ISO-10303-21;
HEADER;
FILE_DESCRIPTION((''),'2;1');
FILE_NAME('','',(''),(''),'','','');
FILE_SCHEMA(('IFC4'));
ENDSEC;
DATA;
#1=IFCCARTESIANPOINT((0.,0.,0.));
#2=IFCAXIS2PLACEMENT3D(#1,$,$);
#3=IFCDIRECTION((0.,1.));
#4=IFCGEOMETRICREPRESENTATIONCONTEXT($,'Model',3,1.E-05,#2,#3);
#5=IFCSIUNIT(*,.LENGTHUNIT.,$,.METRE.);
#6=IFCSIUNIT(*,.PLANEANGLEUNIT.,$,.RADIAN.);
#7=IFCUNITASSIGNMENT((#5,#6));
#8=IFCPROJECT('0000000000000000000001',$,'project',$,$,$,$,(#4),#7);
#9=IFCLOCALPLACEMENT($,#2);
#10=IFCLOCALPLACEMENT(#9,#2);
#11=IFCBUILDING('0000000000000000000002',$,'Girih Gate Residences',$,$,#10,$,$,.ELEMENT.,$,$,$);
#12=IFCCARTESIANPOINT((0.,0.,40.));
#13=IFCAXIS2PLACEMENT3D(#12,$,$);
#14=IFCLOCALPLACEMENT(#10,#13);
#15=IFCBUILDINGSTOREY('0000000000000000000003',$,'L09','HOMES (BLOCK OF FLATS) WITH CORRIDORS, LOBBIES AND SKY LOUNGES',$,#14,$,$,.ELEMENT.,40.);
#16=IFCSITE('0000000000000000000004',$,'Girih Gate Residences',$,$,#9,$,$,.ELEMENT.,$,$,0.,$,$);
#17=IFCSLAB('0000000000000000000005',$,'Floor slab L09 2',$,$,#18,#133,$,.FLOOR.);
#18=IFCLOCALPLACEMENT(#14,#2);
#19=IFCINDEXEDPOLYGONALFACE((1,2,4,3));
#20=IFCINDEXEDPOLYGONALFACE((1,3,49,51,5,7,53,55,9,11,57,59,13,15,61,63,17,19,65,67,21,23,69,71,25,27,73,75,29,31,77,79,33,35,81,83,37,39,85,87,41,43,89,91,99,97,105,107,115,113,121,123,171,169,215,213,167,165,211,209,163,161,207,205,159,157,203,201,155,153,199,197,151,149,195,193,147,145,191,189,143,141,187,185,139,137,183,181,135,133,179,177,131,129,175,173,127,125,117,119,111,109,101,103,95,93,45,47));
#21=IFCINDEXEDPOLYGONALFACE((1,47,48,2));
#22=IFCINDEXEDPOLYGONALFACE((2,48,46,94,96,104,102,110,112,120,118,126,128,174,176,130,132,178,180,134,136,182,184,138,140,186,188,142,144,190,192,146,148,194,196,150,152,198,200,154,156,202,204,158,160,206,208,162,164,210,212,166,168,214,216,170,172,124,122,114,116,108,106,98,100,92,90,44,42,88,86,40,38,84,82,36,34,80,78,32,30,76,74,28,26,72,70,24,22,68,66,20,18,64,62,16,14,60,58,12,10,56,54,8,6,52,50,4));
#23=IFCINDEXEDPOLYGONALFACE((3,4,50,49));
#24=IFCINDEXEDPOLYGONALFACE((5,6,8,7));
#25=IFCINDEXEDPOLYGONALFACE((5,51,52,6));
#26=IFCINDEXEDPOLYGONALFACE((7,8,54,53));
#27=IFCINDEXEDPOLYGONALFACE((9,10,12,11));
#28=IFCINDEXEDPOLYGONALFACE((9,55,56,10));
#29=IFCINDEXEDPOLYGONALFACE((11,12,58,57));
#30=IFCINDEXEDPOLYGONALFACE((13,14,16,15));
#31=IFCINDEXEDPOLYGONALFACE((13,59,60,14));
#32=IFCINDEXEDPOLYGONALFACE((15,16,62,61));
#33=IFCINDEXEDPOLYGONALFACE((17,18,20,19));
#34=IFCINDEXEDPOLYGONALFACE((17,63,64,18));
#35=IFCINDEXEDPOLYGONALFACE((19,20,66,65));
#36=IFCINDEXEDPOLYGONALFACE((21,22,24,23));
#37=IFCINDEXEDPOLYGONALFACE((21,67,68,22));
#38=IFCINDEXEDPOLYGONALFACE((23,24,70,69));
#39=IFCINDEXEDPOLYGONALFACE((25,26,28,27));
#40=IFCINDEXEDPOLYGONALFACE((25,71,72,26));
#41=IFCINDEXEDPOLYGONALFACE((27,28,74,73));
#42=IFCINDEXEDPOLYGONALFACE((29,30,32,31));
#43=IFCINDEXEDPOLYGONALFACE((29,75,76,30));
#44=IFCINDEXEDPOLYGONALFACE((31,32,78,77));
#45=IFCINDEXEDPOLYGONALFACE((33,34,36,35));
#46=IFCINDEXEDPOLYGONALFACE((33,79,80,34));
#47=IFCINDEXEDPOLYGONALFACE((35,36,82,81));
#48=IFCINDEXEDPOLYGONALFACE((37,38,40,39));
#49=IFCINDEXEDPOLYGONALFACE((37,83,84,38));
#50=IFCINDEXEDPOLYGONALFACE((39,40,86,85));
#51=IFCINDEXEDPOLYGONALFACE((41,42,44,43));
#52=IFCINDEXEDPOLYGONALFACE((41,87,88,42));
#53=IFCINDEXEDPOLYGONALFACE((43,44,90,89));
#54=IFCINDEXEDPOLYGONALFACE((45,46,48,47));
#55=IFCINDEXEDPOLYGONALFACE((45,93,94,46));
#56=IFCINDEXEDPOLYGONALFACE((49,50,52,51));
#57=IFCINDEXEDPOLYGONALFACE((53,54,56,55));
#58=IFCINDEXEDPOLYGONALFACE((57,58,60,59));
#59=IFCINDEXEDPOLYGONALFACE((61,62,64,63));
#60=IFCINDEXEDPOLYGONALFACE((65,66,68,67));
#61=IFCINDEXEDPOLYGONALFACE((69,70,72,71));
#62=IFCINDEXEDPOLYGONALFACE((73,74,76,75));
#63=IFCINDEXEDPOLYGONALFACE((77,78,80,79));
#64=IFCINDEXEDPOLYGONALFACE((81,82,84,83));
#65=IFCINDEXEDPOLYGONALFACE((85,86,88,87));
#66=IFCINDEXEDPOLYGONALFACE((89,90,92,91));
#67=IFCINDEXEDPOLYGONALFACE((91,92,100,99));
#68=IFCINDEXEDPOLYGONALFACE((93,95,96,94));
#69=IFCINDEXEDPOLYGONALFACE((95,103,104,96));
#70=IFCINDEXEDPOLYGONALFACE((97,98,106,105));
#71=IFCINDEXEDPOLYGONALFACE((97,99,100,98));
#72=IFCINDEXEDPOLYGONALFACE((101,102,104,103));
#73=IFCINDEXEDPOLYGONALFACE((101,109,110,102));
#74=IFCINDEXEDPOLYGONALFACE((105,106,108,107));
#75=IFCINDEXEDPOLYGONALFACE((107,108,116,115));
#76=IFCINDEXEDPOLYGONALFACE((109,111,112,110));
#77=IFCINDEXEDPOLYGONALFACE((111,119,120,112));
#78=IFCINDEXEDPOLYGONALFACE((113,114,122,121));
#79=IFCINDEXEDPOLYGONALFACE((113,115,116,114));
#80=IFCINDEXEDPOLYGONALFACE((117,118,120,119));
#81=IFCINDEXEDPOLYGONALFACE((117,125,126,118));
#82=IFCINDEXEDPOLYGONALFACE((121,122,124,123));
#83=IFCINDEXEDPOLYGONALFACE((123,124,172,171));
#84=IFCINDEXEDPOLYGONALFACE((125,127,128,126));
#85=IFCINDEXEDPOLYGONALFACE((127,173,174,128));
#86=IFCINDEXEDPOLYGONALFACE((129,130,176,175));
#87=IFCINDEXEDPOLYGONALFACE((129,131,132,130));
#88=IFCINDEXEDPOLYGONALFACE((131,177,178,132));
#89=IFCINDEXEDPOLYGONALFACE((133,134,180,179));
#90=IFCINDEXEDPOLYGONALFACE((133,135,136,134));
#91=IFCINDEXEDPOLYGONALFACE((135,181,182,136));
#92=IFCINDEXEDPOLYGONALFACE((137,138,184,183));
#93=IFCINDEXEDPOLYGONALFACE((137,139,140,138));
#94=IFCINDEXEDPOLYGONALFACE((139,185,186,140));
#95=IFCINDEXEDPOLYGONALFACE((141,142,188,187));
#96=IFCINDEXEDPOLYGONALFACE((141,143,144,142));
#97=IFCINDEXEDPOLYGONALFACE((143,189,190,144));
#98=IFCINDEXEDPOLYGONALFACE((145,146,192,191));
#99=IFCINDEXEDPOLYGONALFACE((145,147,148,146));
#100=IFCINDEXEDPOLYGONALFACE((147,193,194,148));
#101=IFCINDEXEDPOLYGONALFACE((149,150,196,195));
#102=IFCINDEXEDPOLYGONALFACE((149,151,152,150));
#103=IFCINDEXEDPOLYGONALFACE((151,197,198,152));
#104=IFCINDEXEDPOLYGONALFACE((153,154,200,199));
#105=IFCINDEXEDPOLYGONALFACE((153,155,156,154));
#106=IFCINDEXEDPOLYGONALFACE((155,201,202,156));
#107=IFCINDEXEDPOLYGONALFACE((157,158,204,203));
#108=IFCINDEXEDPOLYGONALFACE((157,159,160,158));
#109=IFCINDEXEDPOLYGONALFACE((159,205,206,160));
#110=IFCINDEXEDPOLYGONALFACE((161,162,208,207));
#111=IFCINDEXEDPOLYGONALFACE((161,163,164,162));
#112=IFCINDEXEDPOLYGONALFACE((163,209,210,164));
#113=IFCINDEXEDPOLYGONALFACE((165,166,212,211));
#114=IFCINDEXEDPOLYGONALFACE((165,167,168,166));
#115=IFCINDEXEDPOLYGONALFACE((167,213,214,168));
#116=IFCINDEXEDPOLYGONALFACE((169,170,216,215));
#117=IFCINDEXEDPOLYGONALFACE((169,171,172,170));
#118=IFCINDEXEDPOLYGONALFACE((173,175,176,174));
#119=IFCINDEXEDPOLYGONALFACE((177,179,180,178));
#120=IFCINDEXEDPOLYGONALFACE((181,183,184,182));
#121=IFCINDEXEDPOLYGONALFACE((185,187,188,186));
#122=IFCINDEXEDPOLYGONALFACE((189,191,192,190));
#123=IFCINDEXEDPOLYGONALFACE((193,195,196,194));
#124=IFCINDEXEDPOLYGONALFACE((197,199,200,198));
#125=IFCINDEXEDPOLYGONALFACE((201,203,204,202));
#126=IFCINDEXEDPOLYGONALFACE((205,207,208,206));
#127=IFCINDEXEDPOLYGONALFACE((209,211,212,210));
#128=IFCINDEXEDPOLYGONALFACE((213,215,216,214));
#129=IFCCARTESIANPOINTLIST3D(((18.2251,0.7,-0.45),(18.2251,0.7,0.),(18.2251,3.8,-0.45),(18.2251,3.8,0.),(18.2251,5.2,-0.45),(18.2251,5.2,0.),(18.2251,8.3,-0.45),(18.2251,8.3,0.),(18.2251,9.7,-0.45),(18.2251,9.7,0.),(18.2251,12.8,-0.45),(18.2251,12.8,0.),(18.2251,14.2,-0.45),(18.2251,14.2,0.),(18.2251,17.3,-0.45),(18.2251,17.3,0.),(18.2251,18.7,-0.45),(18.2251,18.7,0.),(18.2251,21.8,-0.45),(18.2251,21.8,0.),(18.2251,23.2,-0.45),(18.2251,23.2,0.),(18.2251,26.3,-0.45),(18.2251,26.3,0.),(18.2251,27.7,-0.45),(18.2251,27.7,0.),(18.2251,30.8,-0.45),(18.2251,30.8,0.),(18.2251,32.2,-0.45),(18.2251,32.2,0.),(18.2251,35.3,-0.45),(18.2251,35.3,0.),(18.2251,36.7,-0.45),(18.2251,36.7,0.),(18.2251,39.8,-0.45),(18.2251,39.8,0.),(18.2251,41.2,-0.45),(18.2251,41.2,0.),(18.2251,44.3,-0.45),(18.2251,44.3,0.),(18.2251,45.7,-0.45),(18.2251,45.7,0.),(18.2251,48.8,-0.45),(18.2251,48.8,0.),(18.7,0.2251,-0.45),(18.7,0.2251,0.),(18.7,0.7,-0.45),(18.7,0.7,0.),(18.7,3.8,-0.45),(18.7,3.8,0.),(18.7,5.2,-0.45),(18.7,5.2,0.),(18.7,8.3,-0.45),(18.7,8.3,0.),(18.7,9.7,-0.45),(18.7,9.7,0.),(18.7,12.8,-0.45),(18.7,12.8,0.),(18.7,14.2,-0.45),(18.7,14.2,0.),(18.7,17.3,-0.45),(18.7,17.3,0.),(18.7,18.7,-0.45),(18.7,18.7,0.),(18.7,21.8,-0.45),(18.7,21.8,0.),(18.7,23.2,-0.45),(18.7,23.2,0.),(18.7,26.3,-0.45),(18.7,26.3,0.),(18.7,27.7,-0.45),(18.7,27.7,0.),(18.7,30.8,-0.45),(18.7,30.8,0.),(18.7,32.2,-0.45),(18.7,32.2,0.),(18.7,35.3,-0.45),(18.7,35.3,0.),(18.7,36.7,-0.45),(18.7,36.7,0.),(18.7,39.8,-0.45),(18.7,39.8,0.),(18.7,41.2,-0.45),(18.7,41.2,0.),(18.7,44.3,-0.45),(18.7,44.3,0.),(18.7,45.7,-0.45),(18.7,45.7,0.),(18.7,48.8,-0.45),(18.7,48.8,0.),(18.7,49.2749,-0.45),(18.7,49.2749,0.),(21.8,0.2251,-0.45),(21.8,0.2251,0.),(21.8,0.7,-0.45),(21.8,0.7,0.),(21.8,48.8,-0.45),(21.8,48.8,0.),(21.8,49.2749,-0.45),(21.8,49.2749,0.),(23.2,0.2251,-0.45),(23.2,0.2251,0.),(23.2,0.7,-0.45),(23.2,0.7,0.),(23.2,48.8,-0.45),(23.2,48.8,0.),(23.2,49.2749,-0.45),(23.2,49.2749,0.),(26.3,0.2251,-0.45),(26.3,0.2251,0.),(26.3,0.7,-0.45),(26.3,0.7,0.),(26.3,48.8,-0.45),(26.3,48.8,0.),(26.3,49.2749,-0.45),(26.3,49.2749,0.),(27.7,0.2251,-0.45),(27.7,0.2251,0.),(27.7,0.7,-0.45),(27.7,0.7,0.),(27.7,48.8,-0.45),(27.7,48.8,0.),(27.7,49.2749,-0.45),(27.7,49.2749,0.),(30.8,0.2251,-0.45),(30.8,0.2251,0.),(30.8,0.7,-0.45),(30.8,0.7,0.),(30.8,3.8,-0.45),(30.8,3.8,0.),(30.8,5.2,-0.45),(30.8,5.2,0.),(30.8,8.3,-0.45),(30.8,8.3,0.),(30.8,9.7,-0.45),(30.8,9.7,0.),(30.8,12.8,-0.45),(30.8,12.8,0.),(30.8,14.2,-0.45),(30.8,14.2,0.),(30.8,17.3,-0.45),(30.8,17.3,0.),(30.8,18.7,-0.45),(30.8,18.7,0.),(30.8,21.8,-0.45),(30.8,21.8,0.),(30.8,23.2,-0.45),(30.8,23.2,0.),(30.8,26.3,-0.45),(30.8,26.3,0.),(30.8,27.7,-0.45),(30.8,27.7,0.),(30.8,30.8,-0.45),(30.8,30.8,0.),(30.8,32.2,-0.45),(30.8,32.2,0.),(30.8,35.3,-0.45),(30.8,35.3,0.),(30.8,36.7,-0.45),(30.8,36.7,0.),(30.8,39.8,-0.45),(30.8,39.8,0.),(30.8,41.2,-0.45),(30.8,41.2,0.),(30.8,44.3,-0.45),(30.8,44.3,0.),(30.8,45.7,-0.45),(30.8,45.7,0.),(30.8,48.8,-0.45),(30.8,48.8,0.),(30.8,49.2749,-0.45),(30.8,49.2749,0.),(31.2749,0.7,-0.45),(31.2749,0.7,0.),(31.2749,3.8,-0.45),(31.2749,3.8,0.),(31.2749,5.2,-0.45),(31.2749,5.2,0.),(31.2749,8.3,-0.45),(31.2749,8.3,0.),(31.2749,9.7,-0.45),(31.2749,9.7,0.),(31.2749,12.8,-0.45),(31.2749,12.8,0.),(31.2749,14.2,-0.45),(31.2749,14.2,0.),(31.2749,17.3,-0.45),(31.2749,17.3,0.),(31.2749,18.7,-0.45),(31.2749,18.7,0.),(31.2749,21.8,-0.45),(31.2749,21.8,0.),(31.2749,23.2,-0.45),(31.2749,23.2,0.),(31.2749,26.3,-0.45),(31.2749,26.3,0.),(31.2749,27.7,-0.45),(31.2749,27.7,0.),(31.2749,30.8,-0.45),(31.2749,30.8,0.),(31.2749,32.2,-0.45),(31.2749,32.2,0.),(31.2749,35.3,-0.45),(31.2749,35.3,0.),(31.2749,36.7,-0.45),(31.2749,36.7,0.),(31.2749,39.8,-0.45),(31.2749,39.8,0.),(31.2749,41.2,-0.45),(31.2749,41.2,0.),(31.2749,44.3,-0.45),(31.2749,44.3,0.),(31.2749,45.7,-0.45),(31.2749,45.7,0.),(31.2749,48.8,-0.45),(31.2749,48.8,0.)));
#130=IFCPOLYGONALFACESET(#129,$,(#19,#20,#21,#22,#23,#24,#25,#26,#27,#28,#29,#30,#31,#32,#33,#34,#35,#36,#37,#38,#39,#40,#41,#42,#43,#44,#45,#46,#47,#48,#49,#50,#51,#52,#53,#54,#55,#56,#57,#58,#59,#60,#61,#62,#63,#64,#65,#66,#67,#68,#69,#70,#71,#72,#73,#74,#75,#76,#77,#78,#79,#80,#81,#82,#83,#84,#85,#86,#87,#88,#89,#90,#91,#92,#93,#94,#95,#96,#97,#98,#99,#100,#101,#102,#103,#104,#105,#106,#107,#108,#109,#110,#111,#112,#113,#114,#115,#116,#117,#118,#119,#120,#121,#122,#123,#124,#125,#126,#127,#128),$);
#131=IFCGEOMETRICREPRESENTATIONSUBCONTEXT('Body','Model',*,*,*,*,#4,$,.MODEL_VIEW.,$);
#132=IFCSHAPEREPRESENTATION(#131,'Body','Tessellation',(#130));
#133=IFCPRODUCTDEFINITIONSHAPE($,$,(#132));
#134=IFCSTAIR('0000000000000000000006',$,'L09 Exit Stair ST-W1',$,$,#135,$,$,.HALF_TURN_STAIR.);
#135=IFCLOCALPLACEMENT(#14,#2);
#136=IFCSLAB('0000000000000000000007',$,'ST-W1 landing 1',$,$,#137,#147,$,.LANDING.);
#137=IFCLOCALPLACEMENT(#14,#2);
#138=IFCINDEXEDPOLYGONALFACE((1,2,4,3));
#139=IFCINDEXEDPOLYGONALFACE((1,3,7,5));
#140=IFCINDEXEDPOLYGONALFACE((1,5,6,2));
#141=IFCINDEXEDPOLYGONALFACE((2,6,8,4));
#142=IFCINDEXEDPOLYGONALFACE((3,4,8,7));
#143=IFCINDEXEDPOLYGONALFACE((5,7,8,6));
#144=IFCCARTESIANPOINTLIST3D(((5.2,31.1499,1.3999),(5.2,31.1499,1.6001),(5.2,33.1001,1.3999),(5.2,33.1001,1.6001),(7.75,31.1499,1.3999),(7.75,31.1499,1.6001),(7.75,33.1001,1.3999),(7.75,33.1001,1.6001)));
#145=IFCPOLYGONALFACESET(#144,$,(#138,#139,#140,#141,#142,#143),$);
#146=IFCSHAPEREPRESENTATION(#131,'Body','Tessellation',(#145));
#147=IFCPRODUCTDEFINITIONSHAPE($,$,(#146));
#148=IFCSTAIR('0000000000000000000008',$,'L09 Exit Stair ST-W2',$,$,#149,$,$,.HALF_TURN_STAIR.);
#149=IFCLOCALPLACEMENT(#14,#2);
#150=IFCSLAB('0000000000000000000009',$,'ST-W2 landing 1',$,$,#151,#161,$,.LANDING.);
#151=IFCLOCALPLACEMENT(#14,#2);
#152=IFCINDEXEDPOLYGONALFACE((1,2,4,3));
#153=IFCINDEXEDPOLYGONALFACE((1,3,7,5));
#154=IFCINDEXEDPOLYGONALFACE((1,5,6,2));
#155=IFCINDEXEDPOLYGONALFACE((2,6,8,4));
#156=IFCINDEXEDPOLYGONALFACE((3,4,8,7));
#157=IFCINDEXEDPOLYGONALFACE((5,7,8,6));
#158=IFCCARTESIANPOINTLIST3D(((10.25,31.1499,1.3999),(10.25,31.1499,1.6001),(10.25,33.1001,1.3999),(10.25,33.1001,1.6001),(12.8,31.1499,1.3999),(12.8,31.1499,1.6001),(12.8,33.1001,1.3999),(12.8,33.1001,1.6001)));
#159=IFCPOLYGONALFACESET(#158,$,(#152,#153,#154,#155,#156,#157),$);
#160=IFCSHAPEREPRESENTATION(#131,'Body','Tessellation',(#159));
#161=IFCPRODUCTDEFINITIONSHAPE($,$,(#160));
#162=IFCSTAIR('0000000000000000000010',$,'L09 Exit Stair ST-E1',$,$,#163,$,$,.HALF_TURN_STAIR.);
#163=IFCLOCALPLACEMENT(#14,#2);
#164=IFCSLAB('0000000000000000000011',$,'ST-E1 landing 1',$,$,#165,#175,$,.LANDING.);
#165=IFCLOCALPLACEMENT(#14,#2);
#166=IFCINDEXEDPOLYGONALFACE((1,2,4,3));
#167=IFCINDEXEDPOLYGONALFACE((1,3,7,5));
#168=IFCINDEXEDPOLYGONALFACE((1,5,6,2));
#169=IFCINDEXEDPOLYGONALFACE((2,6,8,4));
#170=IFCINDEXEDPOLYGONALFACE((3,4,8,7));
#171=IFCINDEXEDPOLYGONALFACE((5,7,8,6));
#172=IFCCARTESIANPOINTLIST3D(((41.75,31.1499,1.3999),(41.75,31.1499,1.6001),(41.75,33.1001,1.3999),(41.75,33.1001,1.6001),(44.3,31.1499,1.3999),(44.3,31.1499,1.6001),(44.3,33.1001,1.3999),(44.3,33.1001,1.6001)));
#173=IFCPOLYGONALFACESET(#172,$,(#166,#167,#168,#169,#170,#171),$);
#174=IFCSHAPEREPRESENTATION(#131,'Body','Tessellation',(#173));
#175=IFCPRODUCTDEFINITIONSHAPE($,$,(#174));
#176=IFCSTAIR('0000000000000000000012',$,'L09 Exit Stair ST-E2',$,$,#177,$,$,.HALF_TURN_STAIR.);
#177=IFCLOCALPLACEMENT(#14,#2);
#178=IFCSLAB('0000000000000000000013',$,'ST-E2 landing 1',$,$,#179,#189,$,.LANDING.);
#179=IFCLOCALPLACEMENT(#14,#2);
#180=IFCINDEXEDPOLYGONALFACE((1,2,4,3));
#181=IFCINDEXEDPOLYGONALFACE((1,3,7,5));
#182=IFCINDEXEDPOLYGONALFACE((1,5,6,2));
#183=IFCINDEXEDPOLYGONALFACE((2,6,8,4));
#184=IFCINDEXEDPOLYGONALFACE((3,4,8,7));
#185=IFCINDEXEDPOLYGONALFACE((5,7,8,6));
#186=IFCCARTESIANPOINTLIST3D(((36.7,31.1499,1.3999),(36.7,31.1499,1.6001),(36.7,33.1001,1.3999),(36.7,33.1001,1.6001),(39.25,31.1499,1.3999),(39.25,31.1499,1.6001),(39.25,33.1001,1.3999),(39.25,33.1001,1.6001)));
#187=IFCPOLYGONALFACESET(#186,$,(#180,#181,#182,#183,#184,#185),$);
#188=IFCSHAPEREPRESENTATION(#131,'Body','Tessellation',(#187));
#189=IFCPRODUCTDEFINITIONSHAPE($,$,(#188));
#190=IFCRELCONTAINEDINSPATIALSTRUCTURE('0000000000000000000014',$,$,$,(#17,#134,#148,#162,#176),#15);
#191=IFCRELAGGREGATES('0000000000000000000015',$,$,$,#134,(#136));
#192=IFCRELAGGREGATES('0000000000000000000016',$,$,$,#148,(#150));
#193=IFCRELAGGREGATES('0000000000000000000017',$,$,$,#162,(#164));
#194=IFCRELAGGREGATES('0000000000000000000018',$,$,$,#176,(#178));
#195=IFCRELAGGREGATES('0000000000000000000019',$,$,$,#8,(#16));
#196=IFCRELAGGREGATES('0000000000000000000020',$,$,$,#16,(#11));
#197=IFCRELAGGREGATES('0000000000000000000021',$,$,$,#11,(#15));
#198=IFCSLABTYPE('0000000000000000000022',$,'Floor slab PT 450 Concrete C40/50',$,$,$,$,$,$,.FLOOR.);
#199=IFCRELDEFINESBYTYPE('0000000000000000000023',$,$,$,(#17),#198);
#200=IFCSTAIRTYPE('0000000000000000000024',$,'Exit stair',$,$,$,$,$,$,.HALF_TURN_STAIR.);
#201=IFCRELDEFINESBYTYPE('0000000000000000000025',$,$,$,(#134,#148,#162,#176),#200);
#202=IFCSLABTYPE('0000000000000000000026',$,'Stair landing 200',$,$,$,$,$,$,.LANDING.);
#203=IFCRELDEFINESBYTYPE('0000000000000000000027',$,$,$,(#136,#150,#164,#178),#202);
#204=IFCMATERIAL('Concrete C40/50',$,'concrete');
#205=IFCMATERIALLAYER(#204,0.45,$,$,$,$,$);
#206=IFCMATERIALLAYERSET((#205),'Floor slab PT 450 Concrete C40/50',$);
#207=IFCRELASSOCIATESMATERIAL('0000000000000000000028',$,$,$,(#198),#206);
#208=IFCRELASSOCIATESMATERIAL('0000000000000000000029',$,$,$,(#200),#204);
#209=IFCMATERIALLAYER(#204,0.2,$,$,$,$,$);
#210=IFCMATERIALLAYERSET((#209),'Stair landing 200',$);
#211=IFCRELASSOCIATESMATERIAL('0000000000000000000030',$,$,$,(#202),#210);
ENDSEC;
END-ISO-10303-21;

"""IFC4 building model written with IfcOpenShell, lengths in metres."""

from ifc_helpers import new_model, si_unit, direction, frame, origin, place, context, subcontext, project, spatial, polyline, outline, extrude, material, layer, layer_set, type_object, element, aggregate, save


model = new_model("IFC4")

# Units and contexts
model_context = context("Model", 3, precision=1e-05, world=origin(), true_north=direction((0.0, 1.0)))
body_context = subcontext(model_context, "Body", "Model", "MODEL_VIEW")
ifc_project = project(units=[si_unit("LENGTHUNIT", "METRE"), si_unit("PLANEANGLEUNIT", "RADIAN")], contexts=[model_context])

# Site, building, storey
site_placement = place(None, origin())
site = spatial("IfcSite", under=ifc_project, at=site_placement, Name="Girih Gate Residences", CompositionType="ELEMENT", RefElevation=0.0)
building_placement = place(site_placement, origin())
building = spatial("IfcBuilding", under=site, at=building_placement, Name="Girih Gate Residences", CompositionType="ELEMENT")
storey_placement = place(building_placement, frame((0.0, 0.0, 40.0)))
storey = spatial("IfcBuildingStorey", under=building, at=storey_placement, Name="L09", Description="HOMES (BLOCK OF FLATS) WITH CORRIDORS, LOBBIES AND SKY LOUNGES", CompositionType="ELEMENT", Elevation=40.0)

# Slab
ifc_material_1 = material(Name="Concrete C40/50", Category="concrete")
ifc_layer_1 = layer(ifc_material_1, 0.45)
ifc_layer_set_1 = layer_set([ifc_layer_1], Name="Floor slab PT 450 Concrete C40/50")
slab_type_1 = type_object("IfcSlabType", Name="Floor slab PT 450 Concrete C40/50", PredefinedType="FLOOR", material=ifc_layer_set_1)
slab_1_placement = place(storey_placement, frame((0.0, 0.0, -0.45)))
element("IfcSlab", 1, at=slab_1_placement, inside=storey, type_object=slab_type_1, Name="Floor slab L09 2", PredefinedType="FLOOR", context=body_context, shape_type="SweptSolid", body=[
    extrude(outline(polyline([(21.8, 49.2749), (18.7, 49.2749), (18.7, 48.8), (18.2251, 48.8), (18.2251, 45.7), (18.7, 45.7), (18.7, 44.3), (18.2251, 44.3), (18.2251, 41.2), (18.7, 41.2), (18.7, 39.8), (18.2251, 39.8), (18.2251, 36.7), (18.7, 36.7), (18.7, 35.3), (18.2251, 35.3), (18.2251, 32.2), (18.7, 32.2), (18.7, 30.8), (18.2251, 30.8), (18.2251, 27.7), (18.7, 27.7), (18.7, 26.3), (18.2251, 26.3), (18.2251, 23.2), (18.7, 23.2), (18.7, 21.8), (18.2251, 21.8), (18.2251, 18.7), (18.7, 18.7), (18.7, 17.3), (18.2251, 17.3), (18.2251, 14.2), (18.7, 14.2), (18.7, 12.8), (18.2251, 12.8), (18.2251, 9.7), (18.7, 9.7), (18.7, 8.3), (18.2251, 8.3), (18.2251, 5.2), (18.7, 5.2), (18.7, 3.8), (18.2251, 3.8), (18.2251, 0.7), (18.7, 0.7), (18.7, 0.2251), (21.8, 0.2251), (21.8, 0.7), (23.2, 0.7), (23.2, 0.2251), (26.3, 0.2251), (26.3, 0.7), (27.7, 0.7), (27.7, 0.2251), (30.8, 0.2251), (30.8, 0.7), (31.2749, 0.7), (31.2749, 3.8), (30.8, 3.8), (30.8, 5.2), (31.2749, 5.2), (31.2749, 8.3), (30.8, 8.3), (30.8, 9.7), (31.2749, 9.7), (31.2749, 12.8), (30.8, 12.8), (30.8, 14.2), (31.2749, 14.2), (31.2749, 17.3), (30.8, 17.3), (30.8, 18.7), (31.2749, 18.7), (31.2749, 21.8), (30.8, 21.8), (30.8, 23.2), (31.2749, 23.2), (31.2749, 26.3), (30.8, 26.3), (30.8, 27.7), (31.2749, 27.7), (31.2749, 30.8), (30.8, 30.8), (30.8, 32.2), (31.2749, 32.2), (31.2749, 35.3), (30.8, 35.3), (30.8, 36.7), (31.2749, 36.7), (31.2749, 39.8), (30.8, 39.8), (30.8, 41.2), (31.2749, 41.2), (31.2749, 44.3), (30.8, 44.3), (30.8, 45.7), (31.2749, 45.7), (31.2749, 48.8), (30.8, 48.8), (30.8, 49.2749), (27.7, 49.2749), (27.7, 48.8), (26.3, 48.8), (26.3, 49.2749), (23.2, 49.2749), (23.2, 48.8), (21.8, 48.8), (21.8, 49.2749)])), origin(), (0.0, 0.0, 1.0), 0.45),
])

# Stairs, slabs
stair_type = type_object("IfcStairType", Name="Exit stair", PredefinedType="HALF_TURN_STAIR", material=ifc_material_1)
stair_1_placement = place(storey_placement, origin())
stair_1 = element("IfcStair", 2, at=stair_1_placement, inside=storey, type_object=stair_type, Name="L09 Exit Stair ST-W1", PredefinedType="HALF_TURN_STAIR")
ifc_layer_2 = layer(ifc_material_1, 0.2)
ifc_layer_set_2 = layer_set([ifc_layer_2], Name="Stair landing 200")
slab_type_2 = type_object("IfcSlabType", Name="Stair landing 200", PredefinedType="LANDING", material=ifc_layer_set_2)
slab_2_placement = place(storey_placement, frame((0.0, 0.0, 1.3999)))
slab_2 = element("IfcSlab", 3, at=slab_2_placement, type_object=slab_type_2, Name="ST-W1 landing 1", PredefinedType="LANDING", context=body_context, shape_type="SweptSolid", body=[
    extrude(outline(polyline([(7.75, 31.1499), (7.75, 33.1001), (5.2, 33.1001), (5.2, 31.1499), (7.75, 31.1499)])), origin(), (0.0, 0.0, 1.0), 0.2002),
])
aggregate(stair_1, [slab_2])
stair_2_placement = place(storey_placement, origin())
stair_2 = element("IfcStair", 4, at=stair_2_placement, inside=storey, type_object=stair_type, Name="L09 Exit Stair ST-W2", PredefinedType="HALF_TURN_STAIR")
slab_3_placement = place(storey_placement, frame((0.0, 0.0, 1.3999)))
slab_3 = element("IfcSlab", 5, at=slab_3_placement, type_object=slab_type_2, Name="ST-W2 landing 1", PredefinedType="LANDING", context=body_context, shape_type="SweptSolid", body=[
    extrude(outline(polyline([(12.8, 31.1499), (12.8, 33.1001), (10.25, 33.1001), (10.25, 31.1499), (12.8, 31.1499)])), origin(), (0.0, 0.0, 1.0), 0.2002),
])
aggregate(stair_2, [slab_3])
stair_3_placement = place(storey_placement, origin())
stair_3 = element("IfcStair", 6, at=stair_3_placement, inside=storey, type_object=stair_type, Name="L09 Exit Stair ST-E1", PredefinedType="HALF_TURN_STAIR")
slab_4_placement = place(storey_placement, frame((0.0, 0.0, 1.3999)))
slab_4 = element("IfcSlab", 7, at=slab_4_placement, type_object=slab_type_2, Name="ST-E1 landing 1", PredefinedType="LANDING", context=body_context, shape_type="SweptSolid", body=[
    extrude(outline(polyline([(44.3, 31.1499), (44.3, 33.1001), (41.75, 33.1001), (41.75, 31.1499), (44.3, 31.1499)])), origin(), (0.0, 0.0, 1.0), 0.2002),
])
aggregate(stair_3, [slab_4])
stair_4_placement = place(storey_placement, origin())
stair_4 = element("IfcStair", 8, at=stair_4_placement, inside=storey, type_object=stair_type, Name="L09 Exit Stair ST-E2", PredefinedType="HALF_TURN_STAIR")
slab_5_placement = place(storey_placement, frame((0.0, 0.0, 1.3999)))
slab_5 = element("IfcSlab", 9, at=slab_5_placement, type_object=slab_type_2, Name="ST-E2 landing 1", PredefinedType="LANDING", context=body_context, shape_type="SweptSolid", body=[
    extrude(outline(polyline([(39.25, 31.1499), (39.25, 33.1001), (36.7, 33.1001), (36.7, 31.1499), (39.25, 31.1499)])), origin(), (0.0, 0.0, 1.0), 0.2002),
])
aggregate(stair_4, [slab_5])

save(model, "model.ifc")
